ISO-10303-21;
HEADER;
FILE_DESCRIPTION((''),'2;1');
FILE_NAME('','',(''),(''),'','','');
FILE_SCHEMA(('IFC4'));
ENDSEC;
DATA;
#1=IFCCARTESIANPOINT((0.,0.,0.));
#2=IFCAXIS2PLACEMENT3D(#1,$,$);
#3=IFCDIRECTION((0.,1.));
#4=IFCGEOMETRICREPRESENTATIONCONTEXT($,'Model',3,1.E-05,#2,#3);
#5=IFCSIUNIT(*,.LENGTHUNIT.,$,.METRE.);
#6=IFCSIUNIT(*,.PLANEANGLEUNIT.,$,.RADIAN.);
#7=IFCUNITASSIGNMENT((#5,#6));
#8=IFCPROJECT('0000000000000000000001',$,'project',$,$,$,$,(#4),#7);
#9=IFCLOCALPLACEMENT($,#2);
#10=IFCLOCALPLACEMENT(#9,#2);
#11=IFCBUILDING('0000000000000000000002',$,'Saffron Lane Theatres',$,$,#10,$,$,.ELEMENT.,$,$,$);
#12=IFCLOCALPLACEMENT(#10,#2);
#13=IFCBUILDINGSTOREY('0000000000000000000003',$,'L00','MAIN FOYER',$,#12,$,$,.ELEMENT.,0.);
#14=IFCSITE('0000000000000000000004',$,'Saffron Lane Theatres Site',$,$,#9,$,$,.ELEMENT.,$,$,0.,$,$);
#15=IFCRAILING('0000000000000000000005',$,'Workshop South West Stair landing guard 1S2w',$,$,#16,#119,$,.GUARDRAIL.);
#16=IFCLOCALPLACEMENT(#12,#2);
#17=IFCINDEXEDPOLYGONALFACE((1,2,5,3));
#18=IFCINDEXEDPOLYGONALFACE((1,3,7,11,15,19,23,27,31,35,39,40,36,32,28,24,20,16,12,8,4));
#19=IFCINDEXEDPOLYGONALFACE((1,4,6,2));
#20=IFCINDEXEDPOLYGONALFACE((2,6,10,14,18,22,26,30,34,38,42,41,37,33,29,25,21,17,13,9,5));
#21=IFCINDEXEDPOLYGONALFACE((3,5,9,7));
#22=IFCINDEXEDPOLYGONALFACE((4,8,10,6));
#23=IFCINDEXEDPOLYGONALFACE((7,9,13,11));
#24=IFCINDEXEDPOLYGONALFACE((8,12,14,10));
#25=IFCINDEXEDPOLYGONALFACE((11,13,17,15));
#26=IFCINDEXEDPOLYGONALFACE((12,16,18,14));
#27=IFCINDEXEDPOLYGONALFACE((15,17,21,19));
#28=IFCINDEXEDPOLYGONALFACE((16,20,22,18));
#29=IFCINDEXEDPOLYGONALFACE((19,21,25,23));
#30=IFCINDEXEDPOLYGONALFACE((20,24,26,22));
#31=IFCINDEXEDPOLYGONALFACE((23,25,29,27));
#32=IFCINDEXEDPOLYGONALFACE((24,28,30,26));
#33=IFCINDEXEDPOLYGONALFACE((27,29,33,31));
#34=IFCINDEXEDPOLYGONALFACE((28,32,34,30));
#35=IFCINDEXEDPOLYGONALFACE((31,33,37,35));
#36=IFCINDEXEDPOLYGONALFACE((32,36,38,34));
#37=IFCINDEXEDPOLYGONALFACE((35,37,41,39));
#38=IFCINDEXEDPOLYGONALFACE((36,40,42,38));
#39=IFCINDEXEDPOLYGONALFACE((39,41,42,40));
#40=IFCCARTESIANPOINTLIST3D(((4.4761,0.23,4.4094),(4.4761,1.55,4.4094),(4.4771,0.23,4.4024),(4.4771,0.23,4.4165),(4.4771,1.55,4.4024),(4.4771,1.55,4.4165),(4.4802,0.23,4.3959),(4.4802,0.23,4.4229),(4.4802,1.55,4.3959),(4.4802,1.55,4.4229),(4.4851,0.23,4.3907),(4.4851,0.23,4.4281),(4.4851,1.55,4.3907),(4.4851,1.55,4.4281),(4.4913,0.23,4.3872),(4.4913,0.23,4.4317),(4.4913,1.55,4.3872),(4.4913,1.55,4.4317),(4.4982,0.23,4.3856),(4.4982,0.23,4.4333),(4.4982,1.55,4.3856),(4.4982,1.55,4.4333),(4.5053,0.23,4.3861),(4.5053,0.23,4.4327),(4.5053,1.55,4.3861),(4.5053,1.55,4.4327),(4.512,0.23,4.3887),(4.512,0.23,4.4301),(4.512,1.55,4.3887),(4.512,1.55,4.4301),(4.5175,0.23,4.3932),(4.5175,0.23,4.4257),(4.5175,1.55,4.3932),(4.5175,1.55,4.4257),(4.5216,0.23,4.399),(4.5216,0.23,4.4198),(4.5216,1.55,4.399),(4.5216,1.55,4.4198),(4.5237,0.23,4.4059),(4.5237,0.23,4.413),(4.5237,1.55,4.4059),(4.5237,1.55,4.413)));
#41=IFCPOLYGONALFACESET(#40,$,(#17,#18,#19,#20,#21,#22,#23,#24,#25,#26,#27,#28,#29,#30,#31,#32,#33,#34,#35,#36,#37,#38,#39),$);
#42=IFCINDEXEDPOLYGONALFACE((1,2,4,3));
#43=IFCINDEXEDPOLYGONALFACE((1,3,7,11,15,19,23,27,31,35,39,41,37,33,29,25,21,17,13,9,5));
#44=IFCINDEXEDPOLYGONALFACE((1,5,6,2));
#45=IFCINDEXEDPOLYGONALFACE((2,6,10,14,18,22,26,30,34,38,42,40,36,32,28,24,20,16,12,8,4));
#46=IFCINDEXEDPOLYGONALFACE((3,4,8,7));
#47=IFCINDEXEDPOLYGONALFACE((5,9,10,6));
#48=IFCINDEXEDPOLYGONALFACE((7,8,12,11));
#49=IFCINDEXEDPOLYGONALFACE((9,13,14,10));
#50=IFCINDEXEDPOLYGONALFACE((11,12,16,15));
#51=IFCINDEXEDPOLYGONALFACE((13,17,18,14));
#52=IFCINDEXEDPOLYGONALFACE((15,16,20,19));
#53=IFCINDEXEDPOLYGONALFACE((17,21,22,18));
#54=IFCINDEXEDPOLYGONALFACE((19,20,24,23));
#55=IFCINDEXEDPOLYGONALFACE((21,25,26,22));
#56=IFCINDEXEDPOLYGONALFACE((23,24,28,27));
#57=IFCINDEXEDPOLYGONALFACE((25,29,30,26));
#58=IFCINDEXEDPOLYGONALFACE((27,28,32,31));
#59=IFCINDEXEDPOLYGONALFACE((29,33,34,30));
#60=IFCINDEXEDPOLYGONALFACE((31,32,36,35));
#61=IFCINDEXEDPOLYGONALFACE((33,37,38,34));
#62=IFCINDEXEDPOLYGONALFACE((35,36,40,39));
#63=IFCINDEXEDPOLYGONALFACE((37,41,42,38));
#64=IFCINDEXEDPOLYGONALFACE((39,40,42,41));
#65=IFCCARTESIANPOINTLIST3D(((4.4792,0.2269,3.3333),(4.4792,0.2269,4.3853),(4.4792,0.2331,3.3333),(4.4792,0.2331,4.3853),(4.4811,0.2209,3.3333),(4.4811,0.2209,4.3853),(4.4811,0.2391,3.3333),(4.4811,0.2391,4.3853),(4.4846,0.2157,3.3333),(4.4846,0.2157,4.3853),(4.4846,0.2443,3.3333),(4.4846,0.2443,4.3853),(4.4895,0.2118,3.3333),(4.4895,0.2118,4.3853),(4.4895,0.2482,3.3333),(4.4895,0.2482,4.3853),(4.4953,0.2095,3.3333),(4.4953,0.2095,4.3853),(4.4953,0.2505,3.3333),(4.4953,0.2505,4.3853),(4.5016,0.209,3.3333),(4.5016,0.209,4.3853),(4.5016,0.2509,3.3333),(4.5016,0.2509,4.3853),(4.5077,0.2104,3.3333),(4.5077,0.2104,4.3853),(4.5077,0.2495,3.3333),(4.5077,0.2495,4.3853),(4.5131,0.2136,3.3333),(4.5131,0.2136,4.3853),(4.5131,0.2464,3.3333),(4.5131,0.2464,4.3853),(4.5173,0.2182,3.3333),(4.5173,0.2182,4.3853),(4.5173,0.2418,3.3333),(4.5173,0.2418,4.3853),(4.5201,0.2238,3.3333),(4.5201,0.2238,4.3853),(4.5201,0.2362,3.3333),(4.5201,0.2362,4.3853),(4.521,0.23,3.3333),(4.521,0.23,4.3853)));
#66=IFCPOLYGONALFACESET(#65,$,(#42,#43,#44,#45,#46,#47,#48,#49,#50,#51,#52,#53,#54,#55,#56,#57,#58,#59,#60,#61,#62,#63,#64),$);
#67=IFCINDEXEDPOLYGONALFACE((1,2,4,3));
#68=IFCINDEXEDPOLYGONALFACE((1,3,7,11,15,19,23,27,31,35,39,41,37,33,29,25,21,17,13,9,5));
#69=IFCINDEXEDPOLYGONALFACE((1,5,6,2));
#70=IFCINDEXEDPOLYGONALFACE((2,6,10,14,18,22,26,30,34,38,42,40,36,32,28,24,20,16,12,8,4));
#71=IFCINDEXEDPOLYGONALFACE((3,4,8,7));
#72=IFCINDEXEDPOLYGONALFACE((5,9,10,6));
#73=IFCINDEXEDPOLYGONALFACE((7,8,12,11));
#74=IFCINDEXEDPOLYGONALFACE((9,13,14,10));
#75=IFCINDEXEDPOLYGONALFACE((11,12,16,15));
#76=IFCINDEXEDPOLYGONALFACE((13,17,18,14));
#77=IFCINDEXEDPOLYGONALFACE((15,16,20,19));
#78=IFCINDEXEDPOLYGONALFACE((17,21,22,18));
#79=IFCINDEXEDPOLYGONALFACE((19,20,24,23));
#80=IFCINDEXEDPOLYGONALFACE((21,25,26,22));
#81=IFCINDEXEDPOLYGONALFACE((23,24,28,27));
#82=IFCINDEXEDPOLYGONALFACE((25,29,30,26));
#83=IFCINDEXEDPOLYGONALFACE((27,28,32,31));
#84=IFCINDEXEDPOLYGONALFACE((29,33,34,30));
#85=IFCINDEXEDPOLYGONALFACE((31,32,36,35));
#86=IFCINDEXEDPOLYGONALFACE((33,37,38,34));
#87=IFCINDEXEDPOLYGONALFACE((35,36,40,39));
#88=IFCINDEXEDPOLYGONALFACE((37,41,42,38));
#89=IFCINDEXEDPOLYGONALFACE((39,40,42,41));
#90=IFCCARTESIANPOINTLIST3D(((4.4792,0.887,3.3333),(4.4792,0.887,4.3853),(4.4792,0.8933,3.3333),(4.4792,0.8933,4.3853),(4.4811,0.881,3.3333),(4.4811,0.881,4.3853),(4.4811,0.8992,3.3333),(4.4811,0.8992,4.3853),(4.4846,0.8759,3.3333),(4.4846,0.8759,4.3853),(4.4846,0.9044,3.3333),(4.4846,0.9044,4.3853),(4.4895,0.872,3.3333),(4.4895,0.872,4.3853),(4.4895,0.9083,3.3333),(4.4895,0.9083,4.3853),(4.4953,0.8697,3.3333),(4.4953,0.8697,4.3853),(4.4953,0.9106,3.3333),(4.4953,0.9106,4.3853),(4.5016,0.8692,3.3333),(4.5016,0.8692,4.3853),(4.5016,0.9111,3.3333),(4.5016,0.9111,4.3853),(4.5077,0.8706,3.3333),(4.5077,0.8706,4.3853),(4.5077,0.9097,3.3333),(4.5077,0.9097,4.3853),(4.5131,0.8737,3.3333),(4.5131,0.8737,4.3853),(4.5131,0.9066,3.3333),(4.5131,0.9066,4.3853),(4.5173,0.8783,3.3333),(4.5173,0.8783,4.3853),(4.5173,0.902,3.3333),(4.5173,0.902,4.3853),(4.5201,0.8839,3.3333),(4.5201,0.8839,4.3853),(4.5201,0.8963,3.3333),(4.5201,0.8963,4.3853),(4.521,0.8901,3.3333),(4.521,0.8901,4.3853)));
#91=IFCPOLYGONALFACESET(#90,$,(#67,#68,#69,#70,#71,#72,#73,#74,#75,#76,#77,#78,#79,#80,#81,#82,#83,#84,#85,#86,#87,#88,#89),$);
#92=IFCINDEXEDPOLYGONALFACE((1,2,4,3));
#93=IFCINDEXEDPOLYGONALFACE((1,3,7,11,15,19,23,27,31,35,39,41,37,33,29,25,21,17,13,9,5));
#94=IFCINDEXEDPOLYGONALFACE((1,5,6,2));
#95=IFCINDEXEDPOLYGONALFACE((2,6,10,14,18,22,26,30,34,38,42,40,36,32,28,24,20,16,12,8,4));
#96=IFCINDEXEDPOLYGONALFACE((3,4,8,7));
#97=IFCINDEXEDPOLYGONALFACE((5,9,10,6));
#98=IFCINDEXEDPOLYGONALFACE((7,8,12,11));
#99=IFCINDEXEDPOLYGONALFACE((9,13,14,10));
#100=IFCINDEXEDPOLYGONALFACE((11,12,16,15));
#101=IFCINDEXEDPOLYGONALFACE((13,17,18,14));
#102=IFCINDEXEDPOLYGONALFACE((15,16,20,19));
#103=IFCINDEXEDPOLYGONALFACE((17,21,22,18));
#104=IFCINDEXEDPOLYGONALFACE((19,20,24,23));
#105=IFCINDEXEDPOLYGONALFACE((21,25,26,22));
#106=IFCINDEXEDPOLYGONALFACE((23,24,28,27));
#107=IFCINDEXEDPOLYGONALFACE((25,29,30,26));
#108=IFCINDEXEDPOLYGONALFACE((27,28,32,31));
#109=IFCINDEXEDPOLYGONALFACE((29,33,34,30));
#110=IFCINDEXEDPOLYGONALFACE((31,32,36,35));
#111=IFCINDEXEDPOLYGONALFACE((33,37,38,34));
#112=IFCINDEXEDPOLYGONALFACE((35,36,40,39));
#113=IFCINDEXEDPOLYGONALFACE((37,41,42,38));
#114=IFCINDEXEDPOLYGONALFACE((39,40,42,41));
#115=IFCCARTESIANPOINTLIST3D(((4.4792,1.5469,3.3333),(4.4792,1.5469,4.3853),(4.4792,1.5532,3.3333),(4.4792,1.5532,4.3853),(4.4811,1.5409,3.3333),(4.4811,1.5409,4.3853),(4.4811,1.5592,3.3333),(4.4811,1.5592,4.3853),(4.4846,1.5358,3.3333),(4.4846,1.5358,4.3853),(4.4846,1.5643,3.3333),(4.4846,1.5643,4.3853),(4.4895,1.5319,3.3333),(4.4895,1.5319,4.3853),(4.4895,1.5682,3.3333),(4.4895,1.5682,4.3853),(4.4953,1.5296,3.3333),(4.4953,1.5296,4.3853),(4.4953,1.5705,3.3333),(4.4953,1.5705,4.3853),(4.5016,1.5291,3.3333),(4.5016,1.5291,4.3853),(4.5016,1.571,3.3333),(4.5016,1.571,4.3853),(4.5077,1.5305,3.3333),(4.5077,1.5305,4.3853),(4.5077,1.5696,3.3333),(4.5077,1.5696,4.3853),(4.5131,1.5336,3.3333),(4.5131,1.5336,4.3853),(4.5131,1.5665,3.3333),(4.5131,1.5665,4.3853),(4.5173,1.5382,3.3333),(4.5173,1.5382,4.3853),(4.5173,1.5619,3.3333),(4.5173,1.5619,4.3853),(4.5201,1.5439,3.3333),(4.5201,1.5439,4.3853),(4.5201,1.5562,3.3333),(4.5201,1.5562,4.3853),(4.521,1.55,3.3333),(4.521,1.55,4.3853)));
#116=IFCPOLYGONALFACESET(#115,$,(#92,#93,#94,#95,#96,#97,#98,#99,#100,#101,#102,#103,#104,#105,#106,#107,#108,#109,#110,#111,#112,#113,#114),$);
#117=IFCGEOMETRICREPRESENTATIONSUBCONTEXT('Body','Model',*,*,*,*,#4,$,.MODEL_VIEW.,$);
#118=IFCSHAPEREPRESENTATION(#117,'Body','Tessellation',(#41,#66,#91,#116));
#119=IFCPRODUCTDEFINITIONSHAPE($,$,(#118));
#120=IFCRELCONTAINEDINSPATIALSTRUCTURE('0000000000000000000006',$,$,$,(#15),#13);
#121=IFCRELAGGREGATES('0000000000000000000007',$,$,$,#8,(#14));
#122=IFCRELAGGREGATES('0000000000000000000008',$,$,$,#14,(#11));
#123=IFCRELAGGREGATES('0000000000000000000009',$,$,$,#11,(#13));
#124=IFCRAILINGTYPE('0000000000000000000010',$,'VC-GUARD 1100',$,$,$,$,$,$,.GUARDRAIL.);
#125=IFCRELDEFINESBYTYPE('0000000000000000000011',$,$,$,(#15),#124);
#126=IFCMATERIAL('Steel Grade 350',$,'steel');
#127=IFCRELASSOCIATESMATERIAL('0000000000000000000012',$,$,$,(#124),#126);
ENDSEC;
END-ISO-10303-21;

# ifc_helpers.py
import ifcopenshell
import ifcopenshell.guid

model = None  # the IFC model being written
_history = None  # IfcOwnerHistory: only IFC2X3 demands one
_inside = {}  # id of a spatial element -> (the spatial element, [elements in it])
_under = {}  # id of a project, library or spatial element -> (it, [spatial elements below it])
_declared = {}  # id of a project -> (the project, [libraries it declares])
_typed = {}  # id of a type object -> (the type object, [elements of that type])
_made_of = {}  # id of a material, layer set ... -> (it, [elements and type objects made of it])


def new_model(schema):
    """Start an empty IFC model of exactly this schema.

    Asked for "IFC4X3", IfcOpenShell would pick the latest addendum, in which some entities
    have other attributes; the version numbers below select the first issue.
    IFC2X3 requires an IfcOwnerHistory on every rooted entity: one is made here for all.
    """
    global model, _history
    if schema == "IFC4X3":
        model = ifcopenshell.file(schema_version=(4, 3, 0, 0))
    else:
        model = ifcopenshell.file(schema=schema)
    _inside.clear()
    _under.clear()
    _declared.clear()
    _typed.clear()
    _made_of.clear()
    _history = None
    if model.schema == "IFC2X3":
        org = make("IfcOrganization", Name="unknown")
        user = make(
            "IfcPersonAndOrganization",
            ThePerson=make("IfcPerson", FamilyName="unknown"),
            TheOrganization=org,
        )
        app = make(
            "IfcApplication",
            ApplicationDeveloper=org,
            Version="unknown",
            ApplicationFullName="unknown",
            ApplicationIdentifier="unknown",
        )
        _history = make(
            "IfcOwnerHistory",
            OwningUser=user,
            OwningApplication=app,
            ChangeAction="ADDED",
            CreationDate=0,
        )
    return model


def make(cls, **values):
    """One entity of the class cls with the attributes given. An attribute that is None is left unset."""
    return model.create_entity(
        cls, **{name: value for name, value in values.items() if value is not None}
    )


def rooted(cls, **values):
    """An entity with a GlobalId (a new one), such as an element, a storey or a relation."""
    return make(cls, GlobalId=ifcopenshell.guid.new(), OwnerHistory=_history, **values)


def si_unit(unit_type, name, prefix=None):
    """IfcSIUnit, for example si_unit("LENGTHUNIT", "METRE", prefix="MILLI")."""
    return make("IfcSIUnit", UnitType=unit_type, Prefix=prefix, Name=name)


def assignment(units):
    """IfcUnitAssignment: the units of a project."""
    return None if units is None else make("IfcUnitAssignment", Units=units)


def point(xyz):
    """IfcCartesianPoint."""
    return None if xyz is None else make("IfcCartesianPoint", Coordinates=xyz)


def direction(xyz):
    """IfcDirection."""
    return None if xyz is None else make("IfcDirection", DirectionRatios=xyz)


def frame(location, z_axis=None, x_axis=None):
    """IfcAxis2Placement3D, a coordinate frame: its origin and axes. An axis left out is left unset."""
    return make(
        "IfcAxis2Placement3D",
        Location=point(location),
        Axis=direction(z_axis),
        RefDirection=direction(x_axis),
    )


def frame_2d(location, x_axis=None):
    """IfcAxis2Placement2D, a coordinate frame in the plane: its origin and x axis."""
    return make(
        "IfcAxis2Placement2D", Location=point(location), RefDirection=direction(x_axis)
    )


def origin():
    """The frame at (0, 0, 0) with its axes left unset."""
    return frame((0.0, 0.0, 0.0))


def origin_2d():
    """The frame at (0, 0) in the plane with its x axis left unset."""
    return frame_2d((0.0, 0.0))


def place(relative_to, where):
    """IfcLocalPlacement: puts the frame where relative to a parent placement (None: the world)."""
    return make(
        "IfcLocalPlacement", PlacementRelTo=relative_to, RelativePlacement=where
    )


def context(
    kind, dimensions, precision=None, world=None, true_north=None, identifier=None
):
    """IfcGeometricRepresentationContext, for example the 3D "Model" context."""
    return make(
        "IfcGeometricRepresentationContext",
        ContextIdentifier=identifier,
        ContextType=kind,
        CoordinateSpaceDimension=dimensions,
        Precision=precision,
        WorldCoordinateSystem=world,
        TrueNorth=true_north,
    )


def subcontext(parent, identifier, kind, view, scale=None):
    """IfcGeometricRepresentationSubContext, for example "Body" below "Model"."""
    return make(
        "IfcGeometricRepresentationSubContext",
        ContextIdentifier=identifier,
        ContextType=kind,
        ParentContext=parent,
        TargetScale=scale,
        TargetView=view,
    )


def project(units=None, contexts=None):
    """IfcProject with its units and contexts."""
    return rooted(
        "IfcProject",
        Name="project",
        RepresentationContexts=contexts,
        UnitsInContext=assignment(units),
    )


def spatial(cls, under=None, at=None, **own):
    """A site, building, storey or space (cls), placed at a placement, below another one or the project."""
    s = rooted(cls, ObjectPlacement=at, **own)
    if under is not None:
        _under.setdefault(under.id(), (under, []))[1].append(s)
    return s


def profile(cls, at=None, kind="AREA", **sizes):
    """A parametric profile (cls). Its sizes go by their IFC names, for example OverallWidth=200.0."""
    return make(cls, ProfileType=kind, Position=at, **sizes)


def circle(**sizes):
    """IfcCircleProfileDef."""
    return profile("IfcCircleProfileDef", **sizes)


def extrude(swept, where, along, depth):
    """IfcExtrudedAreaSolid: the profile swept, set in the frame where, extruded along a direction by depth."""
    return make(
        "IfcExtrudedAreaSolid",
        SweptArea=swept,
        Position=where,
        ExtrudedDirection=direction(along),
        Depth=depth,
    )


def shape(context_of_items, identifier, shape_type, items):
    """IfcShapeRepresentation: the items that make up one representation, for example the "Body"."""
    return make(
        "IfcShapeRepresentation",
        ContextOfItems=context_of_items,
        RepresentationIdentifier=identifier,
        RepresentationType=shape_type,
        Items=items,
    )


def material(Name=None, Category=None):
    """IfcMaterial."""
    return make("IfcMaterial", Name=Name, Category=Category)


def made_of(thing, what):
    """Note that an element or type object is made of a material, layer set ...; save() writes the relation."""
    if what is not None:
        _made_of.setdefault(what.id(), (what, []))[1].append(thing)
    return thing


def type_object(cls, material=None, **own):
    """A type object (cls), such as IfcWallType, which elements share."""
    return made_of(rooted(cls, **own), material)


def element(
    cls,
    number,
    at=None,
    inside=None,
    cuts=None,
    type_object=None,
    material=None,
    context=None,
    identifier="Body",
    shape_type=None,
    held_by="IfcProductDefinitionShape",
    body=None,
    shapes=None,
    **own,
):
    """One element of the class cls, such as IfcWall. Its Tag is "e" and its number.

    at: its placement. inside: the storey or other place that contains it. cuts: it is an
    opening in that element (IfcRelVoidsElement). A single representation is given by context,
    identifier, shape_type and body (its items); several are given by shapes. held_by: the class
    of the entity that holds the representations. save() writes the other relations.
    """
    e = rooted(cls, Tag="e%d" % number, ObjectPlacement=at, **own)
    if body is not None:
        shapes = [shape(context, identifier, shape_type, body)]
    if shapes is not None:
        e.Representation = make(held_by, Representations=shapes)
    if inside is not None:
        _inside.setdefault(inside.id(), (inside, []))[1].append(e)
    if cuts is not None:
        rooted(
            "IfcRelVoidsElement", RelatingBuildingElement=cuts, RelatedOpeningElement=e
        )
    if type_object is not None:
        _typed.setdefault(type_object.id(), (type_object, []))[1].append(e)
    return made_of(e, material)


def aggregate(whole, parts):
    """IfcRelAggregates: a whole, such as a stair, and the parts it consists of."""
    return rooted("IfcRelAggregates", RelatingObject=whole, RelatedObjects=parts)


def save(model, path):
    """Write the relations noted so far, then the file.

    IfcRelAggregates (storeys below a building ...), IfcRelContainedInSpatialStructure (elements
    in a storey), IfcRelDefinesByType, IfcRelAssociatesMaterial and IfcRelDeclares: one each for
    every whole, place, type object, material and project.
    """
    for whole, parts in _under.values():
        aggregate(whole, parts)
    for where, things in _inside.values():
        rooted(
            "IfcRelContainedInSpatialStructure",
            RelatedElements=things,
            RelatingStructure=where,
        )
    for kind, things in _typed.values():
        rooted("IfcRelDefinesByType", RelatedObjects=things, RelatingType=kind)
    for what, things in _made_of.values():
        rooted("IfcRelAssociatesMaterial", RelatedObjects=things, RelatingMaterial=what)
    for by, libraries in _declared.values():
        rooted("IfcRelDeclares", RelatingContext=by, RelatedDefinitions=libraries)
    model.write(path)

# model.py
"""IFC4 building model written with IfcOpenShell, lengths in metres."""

from ifc_helpers import new_model, si_unit, direction, frame, origin, origin_2d, place, context, subcontext, project, spatial, circle, extrude, material, type_object, element, save


model = new_model("IFC4")

# Units and contexts
model_context = context("Model", 3, precision=1e-05, world=origin(), true_north=direction((0.0, 1.0)))
body_context = subcontext(model_context, "Body", "Model", "MODEL_VIEW")
ifc_project = project(units=[si_unit("LENGTHUNIT", "METRE"), si_unit("PLANEANGLEUNIT", "RADIAN")], contexts=[model_context])

# Site, building, storey
site_placement = place(None, origin())
site = spatial("IfcSite", under=ifc_project, at=site_placement, Name="Saffron Lane Theatres Site", CompositionType="ELEMENT", RefElevation=0.0)
building_placement = place(site_placement, origin())
building = spatial("IfcBuilding", under=site, at=building_placement, Name="Saffron Lane Theatres", CompositionType="ELEMENT")
storey_placement = place(building_placement, origin())
storey = spatial("IfcBuildingStorey", under=building, at=storey_placement, Name="L00", Description="MAIN FOYER", CompositionType="ELEMENT", Elevation=0.0)

# Railing
ifc_material_1 = material(Name="Steel Grade 350", Category="steel")
railing_type_1 = type_object("IfcRailingType", Name="VC-GUARD 1100", PredefinedType="GUARDRAIL", material=ifc_material_1)
railing_1_placement = place(storey_placement, frame((4.5, 0.23, 3.3333)))
element("IfcRailing", 1, at=railing_1_placement, inside=storey, type_object=railing_type_1, Name="Workshop South West Stair landing guard 1S2w", PredefinedType="GUARDRAIL", context=body_context, shape_type="SweptSolid", body=[
    extrude(circle(Radius=0.0239, at=origin_2d()), frame((0.0, 0.0, 1.0762), z_axis=(0.0, 1.0, 0.0), x_axis=(-1.0, 0.0, 0.0)), (0.0, 0.0, 1.0), 1.3201),
    extrude(circle(Radius=0.021, at=origin_2d()), origin(), (0.0, 0.0, 1.0), 1.052),
    extrude(circle(Radius=0.021, at=origin_2d()), frame((0.0, 0.6602, 0.0)), (0.0, 0.0, 1.0), 1.052),
    extrude(circle(Radius=0.021, at=origin_2d()), frame((0.0, 1.3201, 0.0)), (0.0, 0.0, 1.0), 1.052),
])

save(model, "model.ifc")
